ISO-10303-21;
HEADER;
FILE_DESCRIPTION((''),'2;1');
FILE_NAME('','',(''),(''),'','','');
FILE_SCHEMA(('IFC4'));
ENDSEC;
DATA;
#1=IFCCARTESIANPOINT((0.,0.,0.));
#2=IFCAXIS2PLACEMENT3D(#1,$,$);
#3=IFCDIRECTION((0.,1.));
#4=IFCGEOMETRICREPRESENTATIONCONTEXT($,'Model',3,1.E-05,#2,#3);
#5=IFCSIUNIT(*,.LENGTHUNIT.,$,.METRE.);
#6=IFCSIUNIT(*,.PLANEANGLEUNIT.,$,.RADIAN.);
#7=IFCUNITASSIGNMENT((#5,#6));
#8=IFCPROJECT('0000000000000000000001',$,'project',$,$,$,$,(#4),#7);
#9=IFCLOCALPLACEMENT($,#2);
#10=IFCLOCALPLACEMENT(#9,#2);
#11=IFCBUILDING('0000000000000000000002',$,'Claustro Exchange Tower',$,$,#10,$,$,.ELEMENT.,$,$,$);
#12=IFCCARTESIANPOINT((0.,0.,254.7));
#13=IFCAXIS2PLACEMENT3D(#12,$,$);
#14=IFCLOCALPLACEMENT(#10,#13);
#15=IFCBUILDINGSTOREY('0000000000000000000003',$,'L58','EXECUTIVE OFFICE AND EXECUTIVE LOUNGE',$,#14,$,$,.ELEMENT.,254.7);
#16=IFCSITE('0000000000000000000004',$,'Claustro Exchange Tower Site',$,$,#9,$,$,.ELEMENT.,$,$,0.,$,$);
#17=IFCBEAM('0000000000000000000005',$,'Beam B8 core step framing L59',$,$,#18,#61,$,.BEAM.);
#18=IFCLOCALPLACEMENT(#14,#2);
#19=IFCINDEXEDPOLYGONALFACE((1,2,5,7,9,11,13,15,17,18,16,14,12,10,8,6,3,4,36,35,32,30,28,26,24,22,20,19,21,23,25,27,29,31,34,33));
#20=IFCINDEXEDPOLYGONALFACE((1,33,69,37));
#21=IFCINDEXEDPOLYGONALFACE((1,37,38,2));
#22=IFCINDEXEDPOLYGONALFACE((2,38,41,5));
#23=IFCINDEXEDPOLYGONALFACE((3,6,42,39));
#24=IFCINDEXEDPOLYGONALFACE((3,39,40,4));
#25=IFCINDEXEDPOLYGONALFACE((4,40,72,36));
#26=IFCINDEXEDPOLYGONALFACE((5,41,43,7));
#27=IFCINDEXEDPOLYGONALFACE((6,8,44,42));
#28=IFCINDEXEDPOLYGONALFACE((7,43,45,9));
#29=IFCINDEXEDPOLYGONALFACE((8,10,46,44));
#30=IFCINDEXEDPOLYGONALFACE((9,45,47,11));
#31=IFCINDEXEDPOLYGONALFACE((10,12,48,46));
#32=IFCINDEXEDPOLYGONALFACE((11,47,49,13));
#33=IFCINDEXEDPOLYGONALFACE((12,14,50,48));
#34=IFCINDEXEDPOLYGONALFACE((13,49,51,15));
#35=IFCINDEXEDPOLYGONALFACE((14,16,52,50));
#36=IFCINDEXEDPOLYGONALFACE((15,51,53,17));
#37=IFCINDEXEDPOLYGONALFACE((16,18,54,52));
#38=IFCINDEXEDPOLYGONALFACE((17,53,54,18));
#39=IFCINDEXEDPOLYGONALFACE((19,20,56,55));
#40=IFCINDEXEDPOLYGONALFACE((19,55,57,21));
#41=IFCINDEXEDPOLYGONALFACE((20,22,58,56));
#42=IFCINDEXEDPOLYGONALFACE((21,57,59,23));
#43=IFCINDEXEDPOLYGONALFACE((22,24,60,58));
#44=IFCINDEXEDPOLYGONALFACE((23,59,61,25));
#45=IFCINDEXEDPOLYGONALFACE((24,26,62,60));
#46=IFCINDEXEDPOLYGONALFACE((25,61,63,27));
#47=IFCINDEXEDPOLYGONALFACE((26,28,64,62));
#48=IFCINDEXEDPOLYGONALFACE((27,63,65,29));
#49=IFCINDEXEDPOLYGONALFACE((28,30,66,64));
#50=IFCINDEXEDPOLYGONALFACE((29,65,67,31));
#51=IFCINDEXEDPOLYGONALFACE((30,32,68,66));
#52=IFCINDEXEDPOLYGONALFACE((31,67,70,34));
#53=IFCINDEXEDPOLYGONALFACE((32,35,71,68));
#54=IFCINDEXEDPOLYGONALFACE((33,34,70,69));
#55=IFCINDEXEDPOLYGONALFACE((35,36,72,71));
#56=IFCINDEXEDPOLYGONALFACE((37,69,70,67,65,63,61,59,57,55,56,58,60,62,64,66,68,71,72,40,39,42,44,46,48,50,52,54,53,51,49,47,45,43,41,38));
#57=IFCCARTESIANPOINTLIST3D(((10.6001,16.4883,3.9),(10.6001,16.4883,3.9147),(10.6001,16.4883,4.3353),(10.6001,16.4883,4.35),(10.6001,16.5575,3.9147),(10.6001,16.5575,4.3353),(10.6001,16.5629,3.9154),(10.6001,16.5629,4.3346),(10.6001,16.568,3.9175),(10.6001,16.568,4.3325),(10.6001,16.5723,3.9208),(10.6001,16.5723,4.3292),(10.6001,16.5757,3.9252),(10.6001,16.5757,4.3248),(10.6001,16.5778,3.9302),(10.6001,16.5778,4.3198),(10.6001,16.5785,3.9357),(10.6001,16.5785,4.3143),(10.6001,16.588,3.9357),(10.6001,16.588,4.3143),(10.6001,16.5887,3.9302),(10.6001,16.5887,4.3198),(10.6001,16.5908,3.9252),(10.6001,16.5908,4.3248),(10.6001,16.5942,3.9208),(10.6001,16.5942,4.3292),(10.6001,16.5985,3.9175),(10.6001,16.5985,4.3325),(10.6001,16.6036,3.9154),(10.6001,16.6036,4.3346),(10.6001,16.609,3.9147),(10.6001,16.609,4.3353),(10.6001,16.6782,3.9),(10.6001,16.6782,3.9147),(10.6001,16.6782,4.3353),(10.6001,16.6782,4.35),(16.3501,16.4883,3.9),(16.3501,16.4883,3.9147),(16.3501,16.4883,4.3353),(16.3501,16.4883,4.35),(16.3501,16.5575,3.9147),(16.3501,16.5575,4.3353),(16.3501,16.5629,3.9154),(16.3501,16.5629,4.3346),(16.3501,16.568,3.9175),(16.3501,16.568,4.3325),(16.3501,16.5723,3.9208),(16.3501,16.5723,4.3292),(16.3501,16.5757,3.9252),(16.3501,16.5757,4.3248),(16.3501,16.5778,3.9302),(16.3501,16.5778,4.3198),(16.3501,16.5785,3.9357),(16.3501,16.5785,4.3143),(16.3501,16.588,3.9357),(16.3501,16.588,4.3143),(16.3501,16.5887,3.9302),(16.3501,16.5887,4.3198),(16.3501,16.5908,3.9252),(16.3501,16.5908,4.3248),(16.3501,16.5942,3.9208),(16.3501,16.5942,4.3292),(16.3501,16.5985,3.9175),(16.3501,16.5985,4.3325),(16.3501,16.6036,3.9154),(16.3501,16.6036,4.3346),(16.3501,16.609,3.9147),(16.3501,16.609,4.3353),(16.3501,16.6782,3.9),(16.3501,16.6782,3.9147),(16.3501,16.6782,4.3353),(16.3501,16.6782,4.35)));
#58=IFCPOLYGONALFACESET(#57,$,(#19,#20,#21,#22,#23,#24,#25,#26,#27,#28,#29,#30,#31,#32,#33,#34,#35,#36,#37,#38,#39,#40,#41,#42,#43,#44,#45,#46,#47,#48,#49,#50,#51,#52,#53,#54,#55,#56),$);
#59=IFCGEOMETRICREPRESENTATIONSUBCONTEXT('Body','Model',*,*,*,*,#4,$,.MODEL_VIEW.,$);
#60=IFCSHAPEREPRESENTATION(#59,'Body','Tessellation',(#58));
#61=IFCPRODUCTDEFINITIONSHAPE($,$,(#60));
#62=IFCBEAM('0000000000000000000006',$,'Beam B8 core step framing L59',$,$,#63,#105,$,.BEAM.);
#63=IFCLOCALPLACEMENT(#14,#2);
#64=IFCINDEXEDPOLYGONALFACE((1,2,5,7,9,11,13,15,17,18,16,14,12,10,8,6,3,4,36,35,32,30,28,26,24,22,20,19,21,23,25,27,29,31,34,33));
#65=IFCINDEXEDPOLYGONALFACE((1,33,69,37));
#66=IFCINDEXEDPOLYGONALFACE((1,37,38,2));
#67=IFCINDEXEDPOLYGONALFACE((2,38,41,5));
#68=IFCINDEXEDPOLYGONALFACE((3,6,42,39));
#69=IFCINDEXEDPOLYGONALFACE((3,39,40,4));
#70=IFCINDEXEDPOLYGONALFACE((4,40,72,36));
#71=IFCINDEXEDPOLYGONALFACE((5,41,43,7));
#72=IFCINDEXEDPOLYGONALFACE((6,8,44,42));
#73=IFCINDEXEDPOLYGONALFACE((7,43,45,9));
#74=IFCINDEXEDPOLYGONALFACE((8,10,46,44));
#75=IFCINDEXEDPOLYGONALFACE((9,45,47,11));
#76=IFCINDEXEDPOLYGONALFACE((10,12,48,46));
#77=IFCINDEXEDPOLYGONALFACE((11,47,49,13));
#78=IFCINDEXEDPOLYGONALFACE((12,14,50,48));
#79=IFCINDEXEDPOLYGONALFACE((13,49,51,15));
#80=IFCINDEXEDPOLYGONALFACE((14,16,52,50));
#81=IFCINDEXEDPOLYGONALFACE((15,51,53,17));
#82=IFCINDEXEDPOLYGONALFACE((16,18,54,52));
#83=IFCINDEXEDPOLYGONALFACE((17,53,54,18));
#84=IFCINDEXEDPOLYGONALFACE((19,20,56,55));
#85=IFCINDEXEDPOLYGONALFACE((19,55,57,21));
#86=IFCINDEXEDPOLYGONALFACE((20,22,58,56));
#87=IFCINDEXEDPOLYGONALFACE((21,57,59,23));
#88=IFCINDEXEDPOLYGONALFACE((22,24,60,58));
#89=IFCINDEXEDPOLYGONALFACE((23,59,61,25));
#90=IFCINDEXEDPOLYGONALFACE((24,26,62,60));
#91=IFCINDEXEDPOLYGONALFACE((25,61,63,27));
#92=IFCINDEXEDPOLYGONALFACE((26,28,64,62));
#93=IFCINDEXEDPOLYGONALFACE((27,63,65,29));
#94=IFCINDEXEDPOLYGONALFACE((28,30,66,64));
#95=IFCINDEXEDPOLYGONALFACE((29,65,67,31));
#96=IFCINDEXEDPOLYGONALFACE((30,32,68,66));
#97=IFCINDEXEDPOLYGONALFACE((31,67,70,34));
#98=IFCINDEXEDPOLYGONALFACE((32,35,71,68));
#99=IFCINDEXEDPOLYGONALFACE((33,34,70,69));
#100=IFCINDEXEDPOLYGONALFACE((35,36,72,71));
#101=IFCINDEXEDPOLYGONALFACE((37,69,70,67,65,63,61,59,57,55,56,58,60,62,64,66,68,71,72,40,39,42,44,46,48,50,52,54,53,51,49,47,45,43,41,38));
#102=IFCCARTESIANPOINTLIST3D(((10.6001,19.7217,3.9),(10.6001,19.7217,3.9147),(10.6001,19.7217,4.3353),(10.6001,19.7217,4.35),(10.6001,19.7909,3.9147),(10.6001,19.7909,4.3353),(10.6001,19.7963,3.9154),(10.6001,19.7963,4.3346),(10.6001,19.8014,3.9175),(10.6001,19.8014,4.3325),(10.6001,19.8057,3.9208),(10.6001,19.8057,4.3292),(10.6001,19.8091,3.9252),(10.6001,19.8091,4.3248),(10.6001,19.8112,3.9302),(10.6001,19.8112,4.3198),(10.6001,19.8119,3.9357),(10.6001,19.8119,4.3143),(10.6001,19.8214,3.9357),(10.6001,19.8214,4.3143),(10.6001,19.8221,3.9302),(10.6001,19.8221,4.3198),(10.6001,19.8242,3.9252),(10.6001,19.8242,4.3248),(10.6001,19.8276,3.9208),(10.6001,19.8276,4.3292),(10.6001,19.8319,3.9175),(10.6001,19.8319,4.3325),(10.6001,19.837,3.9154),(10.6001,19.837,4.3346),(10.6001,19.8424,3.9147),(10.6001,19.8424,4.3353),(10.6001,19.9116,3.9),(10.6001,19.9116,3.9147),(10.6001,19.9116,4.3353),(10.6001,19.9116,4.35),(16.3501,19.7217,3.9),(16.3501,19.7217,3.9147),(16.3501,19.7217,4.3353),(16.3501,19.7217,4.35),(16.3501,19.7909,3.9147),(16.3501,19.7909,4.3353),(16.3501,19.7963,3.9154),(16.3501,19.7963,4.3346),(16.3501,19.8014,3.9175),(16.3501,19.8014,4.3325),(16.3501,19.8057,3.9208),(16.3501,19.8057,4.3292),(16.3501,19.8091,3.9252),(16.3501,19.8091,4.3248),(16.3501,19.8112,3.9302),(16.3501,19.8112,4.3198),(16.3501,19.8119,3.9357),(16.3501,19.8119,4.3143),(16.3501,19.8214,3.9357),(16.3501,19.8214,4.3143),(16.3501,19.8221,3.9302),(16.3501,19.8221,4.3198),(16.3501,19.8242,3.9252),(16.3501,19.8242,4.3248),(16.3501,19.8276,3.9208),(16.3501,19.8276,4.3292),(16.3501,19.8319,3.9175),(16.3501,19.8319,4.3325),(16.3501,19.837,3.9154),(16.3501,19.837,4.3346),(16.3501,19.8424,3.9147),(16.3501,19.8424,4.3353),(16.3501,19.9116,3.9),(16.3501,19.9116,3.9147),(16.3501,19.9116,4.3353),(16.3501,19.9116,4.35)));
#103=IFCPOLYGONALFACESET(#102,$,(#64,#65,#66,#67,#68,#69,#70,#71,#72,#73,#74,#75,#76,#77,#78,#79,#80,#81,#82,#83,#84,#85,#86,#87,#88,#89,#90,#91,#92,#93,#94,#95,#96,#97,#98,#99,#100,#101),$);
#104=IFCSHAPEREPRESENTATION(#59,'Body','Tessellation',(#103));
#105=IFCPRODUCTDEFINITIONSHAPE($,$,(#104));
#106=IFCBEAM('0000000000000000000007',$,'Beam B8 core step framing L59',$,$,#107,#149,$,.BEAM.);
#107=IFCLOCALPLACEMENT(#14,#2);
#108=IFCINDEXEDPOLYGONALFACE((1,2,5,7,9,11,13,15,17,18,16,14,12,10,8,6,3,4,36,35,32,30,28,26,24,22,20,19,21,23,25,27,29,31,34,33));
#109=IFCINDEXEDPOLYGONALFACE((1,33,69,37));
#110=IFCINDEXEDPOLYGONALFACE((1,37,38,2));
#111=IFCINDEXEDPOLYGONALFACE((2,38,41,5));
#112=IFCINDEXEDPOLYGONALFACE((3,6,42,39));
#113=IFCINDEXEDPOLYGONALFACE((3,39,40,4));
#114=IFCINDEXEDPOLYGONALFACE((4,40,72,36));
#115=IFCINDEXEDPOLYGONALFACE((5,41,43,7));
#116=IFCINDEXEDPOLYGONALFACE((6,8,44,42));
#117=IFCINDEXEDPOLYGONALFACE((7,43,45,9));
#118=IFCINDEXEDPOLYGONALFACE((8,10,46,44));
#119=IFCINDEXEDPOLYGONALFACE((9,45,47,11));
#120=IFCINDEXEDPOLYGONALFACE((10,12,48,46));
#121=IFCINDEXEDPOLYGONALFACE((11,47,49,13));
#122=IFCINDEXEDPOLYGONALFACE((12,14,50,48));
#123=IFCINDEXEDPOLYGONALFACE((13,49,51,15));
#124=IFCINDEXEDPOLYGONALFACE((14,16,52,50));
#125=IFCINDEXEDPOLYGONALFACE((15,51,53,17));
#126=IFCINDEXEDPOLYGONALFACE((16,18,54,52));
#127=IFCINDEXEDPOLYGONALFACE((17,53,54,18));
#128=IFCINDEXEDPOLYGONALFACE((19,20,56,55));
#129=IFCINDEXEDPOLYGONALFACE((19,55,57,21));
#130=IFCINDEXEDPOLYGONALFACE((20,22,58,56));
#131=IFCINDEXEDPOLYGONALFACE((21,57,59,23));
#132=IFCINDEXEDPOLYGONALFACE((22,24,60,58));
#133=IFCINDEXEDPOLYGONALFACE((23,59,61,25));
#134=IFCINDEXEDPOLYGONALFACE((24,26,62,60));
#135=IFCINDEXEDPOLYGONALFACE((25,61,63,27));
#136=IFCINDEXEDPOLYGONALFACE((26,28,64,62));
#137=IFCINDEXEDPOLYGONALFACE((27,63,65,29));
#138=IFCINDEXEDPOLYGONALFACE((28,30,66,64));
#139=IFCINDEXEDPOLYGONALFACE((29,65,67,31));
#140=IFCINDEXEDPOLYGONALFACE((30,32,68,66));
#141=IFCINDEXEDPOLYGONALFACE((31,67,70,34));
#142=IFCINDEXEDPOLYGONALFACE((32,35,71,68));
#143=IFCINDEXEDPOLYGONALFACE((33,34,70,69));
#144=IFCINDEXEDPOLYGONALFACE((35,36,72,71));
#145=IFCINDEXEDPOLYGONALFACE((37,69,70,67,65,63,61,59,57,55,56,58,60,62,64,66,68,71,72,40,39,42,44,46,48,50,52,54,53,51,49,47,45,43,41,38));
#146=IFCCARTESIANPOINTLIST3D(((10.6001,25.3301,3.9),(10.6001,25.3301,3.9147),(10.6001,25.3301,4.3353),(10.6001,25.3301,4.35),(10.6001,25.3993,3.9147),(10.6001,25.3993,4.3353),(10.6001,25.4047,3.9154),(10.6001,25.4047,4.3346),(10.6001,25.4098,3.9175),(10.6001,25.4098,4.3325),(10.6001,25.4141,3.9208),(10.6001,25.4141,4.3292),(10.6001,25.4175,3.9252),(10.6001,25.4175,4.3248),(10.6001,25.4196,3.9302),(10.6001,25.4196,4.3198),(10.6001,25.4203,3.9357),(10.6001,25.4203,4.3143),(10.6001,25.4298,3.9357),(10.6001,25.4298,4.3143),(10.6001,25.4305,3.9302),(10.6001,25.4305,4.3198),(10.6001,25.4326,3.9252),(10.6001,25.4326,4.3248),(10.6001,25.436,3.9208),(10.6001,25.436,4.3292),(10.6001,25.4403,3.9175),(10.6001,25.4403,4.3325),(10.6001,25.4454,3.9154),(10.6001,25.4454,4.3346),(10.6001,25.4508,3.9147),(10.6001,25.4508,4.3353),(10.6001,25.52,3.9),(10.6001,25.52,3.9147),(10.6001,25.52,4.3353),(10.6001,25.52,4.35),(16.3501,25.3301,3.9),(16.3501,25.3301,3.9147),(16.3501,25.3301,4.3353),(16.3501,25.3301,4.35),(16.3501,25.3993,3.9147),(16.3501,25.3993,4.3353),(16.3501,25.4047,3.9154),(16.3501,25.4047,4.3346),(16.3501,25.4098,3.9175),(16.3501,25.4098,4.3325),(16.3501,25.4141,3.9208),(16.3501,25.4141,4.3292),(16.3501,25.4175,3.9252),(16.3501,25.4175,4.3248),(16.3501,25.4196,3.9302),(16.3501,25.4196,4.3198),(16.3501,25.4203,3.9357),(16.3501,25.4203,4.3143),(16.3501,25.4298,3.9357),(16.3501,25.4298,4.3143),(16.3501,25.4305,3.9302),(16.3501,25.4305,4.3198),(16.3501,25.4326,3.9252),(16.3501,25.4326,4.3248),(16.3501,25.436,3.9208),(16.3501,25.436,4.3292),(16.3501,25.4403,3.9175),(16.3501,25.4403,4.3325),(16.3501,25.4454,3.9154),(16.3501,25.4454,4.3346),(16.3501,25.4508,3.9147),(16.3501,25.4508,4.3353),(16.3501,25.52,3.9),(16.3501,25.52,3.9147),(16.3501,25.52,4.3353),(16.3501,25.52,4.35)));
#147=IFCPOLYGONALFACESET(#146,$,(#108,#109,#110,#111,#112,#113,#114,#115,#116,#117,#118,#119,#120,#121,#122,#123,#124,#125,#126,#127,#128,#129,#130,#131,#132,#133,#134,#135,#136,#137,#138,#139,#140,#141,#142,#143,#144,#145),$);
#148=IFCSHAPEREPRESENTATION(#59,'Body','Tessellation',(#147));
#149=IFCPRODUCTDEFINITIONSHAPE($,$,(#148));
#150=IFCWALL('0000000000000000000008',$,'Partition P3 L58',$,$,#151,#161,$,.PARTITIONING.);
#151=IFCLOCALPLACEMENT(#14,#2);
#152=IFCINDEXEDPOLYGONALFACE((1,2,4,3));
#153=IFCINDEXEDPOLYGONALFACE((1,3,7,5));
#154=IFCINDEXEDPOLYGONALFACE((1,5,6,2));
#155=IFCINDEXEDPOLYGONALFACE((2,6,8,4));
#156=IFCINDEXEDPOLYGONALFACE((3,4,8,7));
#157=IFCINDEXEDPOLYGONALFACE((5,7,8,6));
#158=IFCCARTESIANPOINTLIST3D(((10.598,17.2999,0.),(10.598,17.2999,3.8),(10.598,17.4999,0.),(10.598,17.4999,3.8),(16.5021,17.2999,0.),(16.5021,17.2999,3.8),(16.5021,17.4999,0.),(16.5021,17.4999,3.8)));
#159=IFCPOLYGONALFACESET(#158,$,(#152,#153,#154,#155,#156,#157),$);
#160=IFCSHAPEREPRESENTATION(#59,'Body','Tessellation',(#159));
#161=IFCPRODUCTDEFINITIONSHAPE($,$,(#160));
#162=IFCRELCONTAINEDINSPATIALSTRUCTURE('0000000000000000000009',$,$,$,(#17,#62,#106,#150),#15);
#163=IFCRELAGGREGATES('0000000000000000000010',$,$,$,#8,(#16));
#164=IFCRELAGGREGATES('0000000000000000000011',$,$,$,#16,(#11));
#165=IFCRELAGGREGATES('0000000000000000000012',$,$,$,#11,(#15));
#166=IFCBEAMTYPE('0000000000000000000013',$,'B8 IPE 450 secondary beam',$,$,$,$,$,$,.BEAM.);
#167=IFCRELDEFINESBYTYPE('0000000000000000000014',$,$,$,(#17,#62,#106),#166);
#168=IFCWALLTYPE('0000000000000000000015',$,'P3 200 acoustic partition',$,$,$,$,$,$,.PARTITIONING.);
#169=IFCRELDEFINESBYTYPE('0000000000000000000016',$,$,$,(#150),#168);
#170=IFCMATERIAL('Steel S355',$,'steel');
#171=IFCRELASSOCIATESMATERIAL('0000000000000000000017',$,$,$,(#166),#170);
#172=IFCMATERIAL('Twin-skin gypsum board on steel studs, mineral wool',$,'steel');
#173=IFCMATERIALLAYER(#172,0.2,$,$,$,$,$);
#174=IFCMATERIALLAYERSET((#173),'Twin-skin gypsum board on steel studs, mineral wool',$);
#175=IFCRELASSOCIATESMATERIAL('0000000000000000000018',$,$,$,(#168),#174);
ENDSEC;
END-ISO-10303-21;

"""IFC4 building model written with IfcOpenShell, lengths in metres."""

from ifc_helpers import new_model, si_unit, direction, frame, frame_2d, origin, origin_2d, place, context, subcontext, project, spatial, rectangle, i_section, extrude, material, layer, layer_set, material_profile, profile_set, type_object, element, save


model = new_model("IFC4")

# Units and contexts
model_context = context("Model", 3, precision=1e-05, world=origin(), true_north=direction((0.0, 1.0)))
body_context = subcontext(model_context, "Body", "Model", "MODEL_VIEW")
ifc_project = project(units=[si_unit("LENGTHUNIT", "METRE"), si_unit("PLANEANGLEUNIT", "RADIAN")], contexts=[model_context])

# Site, building, storey
site_placement = place(None, origin())
site = spatial("IfcSite", under=ifc_project, at=site_placement, Name="Claustro Exchange Tower Site", CompositionType="ELEMENT", RefElevation=0.0)
building_placement = place(site_placement, origin())
building = spatial("IfcBuilding", under=site, at=building_placement, Name="Claustro Exchange Tower", CompositionType="ELEMENT")
storey_placement = place(building_placement, frame((0.0, 0.0, 254.7)))
storey = spatial("IfcBuildingStorey", under=building, at=storey_placement, Name="L58", Description="EXECUTIVE OFFICE AND EXECUTIVE LOUNGE", CompositionType="ELEMENT", Elevation=254.7)

# Beams
ifc_material_1 = material(Name="Steel S355", Category="steel")
ifc_material_profile_1 = material_profile(ifc_material_1, i_section(OverallWidth=0.1899, OverallDepth=0.45, WebThickness=0.0095, FlangeThickness=0.0146, FilletRadius=0.021, at=origin_2d()), Name="IPE 450")
ifc_profile_set_1 = profile_set([ifc_material_profile_1], Name="Steel S355")
beam_type_1 = type_object("IfcBeamType", Name="B8 IPE 450 secondary beam", PredefinedType="BEAM", material=ifc_profile_set_1)
for number, where, z_axis, x_axis, name in (
    (1, (10.6001, 16.5833, 4.125), (1.0, 0.0, 0.0), (0.0, 1.0, 0.0), "Beam B8 core step framing L59"),
    (2, (10.6001, 19.8167, 4.125), (1.0, 0.0, 0.0), (0.0, 1.0, 0.0), "Beam B8 core step framing L59"),
    (3, (10.6001, 25.425, 4.125), (1.0, 0.0, 0.0), (0.0, 1.0, 0.0), "Beam B8 core step framing L59"),
):
    element("IfcBeam", number, at=place(storey_placement, frame(where, z_axis=z_axis, x_axis=x_axis)), inside=storey, type_object=beam_type_1, Name=name, PredefinedType="BEAM", context=body_context, shape_type="SweptSolid", body=[
        extrude(i_section(OverallWidth=0.1899, OverallDepth=0.45, WebThickness=0.0095, FlangeThickness=0.0146, FilletRadius=0.021, at=origin_2d()), origin(), (0.0, 0.0, 1.0), 5.75),
    ])

# Wall
ifc_material_2 = material(Name="Twin-skin gypsum board on steel studs, mineral wool", Category="steel")
ifc_layer_1 = layer(ifc_material_2, 0.2)
ifc_layer_set_1 = layer_set([ifc_layer_1], Name="Twin-skin gypsum board on steel studs, mineral wool")
wall_type_1 = type_object("IfcWallType", Name="P3 200 acoustic partition", PredefinedType="PARTITIONING", material=ifc_layer_set_1)
wall_1_placement = place(storey_placement, frame((10.5979, 17.3999, 0.0), z_axis=(0.0, 0.0, 1.0), x_axis=(1.0, 0.0, 0.0)))
element("IfcWall", 4, at=wall_1_placement, inside=storey, type_object=wall_type_1, Name="Partition P3 L58", PredefinedType="PARTITIONING", context=body_context, shape_type="SweptSolid", body=[
    extrude(rectangle(XDim=5.9041, YDim=0.2, at=frame_2d((2.9521, 0.0))), origin(), (0.0, 0.0, 1.0), 3.8),
])

save(model, "model.ifc")
